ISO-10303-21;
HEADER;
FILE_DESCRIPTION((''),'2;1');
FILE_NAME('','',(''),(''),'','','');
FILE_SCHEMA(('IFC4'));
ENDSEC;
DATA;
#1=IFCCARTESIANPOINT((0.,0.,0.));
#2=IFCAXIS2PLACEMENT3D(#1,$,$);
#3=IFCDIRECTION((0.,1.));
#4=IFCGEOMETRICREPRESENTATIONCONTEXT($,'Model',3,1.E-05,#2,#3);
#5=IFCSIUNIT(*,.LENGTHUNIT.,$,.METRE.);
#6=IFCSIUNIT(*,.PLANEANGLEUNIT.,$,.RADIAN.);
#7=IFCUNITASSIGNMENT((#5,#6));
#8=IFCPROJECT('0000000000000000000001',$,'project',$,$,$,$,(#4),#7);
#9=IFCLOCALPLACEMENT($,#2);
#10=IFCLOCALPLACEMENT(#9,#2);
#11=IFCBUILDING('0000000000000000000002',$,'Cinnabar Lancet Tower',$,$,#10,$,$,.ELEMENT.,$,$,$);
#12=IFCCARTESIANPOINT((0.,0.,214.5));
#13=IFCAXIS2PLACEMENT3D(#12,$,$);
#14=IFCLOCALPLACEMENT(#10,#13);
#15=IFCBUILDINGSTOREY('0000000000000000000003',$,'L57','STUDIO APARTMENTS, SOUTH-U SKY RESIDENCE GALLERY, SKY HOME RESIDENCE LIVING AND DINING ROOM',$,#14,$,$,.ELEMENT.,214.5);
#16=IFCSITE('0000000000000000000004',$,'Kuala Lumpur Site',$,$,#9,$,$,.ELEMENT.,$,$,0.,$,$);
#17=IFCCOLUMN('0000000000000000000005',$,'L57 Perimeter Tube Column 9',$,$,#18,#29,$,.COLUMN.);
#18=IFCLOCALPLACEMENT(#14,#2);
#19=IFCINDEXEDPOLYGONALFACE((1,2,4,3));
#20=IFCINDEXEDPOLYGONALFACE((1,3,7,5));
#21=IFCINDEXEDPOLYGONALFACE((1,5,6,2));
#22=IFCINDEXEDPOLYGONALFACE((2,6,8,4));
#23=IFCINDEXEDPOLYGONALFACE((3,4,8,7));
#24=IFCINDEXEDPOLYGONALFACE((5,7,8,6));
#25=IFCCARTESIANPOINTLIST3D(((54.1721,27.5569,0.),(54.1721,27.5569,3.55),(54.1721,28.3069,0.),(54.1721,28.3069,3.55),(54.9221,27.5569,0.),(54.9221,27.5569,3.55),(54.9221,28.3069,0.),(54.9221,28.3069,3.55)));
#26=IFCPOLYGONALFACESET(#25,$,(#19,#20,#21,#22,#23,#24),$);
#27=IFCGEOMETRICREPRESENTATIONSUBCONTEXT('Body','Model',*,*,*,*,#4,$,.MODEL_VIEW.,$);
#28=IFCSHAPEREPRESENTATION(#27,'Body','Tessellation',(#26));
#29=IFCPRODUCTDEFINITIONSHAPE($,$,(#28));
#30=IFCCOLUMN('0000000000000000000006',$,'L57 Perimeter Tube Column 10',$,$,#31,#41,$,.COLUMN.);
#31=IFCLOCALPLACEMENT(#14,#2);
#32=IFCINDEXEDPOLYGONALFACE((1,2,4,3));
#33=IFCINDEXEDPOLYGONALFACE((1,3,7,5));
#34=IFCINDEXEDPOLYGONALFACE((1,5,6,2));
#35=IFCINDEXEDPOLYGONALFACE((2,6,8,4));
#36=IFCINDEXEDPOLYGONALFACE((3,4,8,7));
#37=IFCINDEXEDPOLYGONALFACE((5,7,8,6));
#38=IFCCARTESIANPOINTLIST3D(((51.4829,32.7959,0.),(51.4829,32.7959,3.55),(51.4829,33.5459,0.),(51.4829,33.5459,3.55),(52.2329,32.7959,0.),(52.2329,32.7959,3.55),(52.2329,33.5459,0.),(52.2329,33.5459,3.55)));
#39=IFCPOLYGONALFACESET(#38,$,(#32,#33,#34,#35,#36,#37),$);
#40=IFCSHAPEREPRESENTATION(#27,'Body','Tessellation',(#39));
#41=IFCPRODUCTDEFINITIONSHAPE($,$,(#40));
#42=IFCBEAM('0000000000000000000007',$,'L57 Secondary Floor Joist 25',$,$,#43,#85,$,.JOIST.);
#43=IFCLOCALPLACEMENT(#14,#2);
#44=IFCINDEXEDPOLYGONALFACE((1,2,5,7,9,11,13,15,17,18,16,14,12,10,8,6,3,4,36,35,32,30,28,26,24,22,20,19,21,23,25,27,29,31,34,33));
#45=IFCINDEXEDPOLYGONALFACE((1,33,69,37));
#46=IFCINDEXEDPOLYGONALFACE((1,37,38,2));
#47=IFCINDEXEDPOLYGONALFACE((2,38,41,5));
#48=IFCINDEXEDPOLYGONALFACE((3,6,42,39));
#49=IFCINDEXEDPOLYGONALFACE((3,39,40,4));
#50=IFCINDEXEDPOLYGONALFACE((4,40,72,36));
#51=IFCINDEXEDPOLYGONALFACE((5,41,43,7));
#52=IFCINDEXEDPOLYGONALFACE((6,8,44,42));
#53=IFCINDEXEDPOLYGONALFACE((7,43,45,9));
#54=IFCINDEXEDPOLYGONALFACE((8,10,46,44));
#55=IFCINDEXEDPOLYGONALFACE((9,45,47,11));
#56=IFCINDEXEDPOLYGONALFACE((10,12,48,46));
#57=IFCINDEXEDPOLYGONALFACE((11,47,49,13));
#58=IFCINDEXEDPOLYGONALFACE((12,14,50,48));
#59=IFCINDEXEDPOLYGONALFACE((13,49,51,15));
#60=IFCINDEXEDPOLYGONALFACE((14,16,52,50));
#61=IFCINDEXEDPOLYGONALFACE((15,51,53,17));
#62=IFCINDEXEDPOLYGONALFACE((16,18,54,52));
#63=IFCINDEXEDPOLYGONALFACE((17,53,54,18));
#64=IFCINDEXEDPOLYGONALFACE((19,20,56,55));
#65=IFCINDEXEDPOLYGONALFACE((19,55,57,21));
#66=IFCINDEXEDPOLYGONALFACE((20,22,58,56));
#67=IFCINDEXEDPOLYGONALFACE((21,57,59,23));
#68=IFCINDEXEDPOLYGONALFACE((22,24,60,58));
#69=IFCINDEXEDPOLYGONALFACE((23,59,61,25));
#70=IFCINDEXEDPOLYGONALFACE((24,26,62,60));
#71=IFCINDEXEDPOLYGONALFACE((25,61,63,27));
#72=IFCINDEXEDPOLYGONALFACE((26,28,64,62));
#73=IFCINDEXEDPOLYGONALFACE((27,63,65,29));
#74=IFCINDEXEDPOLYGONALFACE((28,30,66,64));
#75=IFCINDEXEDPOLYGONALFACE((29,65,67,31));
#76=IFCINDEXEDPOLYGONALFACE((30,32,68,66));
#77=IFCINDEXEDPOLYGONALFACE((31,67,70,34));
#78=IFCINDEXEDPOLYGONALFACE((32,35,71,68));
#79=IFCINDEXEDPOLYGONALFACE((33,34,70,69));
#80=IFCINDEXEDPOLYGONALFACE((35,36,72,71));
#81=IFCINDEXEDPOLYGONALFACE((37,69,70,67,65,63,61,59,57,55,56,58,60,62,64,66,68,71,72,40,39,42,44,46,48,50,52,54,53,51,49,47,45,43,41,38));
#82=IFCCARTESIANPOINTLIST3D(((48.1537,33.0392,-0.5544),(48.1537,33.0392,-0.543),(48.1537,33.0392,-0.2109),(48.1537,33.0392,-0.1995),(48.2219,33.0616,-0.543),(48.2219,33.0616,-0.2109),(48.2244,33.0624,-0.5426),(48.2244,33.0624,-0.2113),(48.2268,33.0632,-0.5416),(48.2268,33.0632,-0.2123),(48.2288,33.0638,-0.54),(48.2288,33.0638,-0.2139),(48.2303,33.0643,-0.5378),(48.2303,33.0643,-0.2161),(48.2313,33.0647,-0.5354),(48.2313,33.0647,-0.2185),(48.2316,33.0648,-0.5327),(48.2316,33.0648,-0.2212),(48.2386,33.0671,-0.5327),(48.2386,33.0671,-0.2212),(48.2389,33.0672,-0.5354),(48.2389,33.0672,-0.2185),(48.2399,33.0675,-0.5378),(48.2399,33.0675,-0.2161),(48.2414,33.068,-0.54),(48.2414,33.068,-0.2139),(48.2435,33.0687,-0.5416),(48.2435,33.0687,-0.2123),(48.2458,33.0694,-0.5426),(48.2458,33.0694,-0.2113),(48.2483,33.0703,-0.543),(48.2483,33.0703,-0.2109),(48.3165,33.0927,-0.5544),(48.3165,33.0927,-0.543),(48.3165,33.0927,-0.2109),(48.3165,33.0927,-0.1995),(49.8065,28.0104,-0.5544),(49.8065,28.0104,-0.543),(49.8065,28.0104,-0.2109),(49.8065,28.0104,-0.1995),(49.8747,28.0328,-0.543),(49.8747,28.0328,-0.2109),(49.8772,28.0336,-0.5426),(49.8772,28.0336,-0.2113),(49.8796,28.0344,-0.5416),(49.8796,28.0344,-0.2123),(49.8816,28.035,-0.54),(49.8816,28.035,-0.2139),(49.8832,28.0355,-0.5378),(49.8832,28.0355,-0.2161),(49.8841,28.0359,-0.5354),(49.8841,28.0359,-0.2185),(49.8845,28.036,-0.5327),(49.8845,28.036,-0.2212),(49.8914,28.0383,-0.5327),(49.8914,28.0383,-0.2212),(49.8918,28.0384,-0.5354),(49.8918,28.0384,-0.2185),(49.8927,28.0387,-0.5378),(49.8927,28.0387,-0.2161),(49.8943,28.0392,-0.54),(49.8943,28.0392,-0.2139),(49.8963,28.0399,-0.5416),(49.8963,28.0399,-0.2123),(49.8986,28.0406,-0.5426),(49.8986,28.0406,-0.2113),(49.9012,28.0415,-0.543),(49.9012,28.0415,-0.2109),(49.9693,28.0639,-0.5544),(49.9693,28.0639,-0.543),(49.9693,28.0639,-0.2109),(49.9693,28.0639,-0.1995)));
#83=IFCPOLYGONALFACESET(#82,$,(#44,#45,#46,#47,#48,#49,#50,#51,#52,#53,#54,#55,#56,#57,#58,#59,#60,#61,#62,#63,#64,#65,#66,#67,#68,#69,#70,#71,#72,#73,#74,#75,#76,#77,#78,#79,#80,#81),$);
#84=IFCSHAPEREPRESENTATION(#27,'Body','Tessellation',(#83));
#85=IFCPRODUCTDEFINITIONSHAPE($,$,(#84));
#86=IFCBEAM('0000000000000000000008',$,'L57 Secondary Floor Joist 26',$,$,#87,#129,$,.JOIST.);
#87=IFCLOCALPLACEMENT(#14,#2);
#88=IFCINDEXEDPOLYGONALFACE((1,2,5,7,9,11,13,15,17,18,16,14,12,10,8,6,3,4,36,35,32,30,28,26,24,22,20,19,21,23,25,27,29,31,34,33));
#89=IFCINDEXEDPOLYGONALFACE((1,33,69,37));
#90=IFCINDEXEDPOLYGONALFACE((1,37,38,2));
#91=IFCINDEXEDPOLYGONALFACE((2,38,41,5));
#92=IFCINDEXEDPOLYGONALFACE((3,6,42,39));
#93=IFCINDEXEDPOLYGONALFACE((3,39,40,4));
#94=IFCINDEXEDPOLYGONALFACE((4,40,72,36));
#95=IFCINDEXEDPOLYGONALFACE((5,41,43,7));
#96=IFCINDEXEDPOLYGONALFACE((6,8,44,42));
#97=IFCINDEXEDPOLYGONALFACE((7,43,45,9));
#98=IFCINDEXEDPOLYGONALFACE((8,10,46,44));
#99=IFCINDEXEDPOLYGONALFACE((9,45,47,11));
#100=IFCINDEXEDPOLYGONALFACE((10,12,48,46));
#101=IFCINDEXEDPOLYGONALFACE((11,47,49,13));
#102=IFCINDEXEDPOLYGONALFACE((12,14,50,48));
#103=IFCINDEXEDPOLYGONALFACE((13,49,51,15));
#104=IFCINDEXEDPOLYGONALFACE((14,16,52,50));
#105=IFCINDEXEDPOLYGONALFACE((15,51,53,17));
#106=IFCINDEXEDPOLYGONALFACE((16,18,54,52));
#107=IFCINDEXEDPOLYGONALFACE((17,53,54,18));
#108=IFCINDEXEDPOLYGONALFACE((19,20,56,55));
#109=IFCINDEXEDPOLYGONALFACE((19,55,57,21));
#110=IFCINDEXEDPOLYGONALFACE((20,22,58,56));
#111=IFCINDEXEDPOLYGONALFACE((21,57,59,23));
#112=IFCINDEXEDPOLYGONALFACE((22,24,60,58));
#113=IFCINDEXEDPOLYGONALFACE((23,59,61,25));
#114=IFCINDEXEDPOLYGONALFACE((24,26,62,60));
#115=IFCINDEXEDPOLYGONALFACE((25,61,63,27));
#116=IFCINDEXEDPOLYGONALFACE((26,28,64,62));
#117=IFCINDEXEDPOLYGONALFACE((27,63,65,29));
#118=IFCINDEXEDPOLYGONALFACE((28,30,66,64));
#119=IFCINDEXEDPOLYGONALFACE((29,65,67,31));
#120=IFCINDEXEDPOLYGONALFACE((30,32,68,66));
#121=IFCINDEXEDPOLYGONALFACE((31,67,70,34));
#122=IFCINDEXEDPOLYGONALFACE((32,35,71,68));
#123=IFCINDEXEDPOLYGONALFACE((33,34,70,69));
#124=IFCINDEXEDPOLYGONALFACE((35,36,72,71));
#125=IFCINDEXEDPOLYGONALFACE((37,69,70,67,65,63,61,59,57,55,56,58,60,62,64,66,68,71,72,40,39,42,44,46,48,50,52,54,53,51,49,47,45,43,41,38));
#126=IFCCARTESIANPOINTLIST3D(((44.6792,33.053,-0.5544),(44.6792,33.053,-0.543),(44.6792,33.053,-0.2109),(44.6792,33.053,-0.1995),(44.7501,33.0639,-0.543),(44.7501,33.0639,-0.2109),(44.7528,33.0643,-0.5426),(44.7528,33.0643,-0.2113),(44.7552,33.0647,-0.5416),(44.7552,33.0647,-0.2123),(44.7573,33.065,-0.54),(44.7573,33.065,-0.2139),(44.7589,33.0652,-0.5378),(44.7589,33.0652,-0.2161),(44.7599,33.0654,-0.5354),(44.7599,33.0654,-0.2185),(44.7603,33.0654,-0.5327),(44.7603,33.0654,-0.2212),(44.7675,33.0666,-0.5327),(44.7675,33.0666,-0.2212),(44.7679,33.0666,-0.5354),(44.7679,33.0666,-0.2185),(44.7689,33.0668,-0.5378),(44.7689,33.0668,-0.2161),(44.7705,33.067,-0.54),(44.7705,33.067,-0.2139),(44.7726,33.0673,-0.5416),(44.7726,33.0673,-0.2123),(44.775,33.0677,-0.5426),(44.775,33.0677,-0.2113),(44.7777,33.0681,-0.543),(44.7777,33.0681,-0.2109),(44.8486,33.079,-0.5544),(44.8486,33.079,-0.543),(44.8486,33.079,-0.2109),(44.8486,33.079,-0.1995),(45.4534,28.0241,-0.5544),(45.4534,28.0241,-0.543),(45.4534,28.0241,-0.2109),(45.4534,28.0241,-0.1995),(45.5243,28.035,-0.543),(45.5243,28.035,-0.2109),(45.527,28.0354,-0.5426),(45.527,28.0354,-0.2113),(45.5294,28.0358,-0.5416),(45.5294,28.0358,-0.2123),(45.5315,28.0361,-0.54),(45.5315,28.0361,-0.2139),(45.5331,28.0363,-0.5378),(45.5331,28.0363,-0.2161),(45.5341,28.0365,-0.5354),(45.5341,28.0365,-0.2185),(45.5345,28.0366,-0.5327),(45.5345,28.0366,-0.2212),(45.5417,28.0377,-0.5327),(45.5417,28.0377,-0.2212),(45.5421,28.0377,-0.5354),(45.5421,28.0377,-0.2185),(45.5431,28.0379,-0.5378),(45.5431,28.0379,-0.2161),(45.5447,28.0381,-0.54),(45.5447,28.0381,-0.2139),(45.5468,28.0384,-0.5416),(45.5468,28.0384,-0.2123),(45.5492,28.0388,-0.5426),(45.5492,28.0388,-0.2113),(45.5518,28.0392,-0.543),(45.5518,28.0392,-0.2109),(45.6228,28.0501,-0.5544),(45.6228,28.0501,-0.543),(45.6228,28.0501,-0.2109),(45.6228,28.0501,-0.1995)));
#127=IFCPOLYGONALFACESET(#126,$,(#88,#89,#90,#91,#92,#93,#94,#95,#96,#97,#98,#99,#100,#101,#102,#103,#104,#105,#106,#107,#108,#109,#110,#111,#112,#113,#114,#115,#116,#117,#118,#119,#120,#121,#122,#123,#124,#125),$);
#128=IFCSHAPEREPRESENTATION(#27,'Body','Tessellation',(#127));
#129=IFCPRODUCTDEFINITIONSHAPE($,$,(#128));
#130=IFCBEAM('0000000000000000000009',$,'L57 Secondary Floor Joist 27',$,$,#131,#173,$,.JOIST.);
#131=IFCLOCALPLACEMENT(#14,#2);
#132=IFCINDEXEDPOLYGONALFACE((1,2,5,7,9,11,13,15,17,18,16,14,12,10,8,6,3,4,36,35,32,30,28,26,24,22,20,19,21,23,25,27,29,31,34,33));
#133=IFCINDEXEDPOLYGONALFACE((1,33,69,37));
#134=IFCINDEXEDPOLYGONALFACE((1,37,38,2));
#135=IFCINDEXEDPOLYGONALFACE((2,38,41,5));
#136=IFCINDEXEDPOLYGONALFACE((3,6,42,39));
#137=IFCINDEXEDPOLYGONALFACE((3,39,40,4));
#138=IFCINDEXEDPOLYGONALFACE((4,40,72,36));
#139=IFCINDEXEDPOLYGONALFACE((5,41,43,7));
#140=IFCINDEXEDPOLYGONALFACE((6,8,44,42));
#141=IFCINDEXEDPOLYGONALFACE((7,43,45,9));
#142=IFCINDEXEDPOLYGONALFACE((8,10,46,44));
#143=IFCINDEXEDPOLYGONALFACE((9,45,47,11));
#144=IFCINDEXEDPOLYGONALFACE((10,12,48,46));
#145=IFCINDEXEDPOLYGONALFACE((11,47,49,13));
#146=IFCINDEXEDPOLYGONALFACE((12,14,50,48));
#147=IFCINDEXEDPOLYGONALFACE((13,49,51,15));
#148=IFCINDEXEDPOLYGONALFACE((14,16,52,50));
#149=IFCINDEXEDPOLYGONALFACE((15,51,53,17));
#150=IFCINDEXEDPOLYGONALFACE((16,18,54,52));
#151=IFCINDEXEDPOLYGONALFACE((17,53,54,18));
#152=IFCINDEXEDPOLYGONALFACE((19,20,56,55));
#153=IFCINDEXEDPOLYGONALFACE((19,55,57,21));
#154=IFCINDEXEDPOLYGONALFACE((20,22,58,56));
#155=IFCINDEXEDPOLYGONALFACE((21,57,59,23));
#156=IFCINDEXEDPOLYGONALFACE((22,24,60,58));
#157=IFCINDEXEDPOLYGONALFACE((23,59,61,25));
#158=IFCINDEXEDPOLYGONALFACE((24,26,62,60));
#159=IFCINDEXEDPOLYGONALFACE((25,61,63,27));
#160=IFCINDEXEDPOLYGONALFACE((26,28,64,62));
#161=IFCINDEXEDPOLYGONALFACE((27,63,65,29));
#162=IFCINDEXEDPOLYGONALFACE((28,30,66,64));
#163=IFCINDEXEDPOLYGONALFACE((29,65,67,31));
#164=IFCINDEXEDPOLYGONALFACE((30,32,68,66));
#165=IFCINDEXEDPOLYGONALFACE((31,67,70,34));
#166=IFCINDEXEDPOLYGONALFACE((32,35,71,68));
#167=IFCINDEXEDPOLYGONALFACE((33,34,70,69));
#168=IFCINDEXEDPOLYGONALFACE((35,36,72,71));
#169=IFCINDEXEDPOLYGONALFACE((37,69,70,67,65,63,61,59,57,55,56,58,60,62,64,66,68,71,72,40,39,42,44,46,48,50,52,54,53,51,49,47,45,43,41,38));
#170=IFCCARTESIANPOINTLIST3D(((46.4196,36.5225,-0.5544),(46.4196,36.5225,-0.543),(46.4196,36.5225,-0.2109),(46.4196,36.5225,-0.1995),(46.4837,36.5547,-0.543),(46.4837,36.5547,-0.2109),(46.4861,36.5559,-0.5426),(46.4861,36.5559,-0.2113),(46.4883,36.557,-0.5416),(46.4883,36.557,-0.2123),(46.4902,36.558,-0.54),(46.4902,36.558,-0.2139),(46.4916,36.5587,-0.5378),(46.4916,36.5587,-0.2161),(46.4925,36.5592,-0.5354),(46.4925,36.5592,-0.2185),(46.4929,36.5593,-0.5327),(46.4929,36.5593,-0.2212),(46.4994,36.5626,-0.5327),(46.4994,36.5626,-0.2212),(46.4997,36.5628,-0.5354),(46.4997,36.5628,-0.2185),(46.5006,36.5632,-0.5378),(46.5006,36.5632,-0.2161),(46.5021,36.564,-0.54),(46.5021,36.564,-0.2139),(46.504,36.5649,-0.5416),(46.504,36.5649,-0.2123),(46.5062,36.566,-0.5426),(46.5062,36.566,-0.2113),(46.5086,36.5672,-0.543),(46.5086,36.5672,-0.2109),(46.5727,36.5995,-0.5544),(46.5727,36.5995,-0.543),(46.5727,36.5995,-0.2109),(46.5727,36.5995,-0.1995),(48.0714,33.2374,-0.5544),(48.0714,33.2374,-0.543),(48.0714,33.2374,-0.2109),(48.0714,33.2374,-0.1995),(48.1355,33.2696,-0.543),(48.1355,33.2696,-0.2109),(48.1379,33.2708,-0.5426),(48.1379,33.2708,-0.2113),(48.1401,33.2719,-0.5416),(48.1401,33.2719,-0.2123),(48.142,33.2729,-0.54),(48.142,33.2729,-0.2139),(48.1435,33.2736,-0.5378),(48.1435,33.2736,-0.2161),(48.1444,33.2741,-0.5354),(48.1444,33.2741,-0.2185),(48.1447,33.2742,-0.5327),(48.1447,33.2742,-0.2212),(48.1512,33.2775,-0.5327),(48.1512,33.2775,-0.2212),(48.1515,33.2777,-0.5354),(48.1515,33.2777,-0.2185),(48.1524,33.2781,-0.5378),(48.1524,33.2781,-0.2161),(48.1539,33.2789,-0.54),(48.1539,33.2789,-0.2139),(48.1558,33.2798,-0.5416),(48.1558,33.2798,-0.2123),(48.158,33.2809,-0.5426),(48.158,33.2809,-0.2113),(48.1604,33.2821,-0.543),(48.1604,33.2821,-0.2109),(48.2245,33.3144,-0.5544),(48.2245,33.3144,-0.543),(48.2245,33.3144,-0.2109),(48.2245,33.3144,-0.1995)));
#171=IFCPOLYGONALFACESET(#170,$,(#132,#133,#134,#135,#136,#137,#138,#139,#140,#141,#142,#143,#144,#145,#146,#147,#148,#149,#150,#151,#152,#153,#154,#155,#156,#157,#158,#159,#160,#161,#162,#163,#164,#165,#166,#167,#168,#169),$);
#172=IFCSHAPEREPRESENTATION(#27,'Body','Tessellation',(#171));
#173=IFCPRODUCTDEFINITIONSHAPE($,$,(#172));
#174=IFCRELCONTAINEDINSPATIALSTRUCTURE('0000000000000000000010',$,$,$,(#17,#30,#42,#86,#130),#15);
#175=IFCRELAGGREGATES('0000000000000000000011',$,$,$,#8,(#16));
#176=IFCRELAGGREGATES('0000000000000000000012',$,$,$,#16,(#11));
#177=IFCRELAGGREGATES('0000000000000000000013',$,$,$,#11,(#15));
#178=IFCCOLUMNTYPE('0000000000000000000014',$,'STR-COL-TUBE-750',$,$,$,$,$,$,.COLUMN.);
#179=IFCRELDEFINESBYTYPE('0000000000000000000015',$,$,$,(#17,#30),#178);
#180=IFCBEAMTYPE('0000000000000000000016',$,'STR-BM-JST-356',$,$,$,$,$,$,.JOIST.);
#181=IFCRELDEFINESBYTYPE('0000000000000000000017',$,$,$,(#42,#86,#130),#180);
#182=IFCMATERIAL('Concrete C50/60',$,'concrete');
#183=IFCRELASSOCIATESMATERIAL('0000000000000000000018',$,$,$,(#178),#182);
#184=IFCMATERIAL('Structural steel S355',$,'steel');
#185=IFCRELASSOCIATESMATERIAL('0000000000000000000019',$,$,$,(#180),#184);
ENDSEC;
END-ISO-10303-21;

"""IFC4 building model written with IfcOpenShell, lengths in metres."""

from ifc_helpers import new_model, si_unit, direction, frame, origin, origin_2d, place, context, subcontext, project, spatial, rectangle, i_section, extrude, material, material_profile, profile_set, type_object, element, save


model = new_model("IFC4")

# Units and contexts
model_context = context("Model", 3, precision=1e-05, world=origin(), true_north=direction((0.0, 1.0)))
body_context = subcontext(model_context, "Body", "Model", "MODEL_VIEW")
ifc_project = project(units=[si_unit("LENGTHUNIT", "METRE"), si_unit("PLANEANGLEUNIT", "RADIAN")], contexts=[model_context])

# Site, building, storey
site_placement = place(None, origin())
site = spatial("IfcSite", under=ifc_project, at=site_placement, Name="Kuala Lumpur Site", CompositionType="ELEMENT", RefElevation=0.0)
building_placement = place(site_placement, origin())
building = spatial("IfcBuilding", under=site, at=building_placement, Name="Cinnabar Lancet Tower", CompositionType="ELEMENT")
storey_placement = place(building_placement, frame((0.0, 0.0, 214.5)))
storey = spatial("IfcBuildingStorey", under=building, at=storey_placement, Name="L57", Description="STUDIO APARTMENTS, SOUTH-U SKY RESIDENCE GALLERY, SKY HOME RESIDENCE LIVING AND DINING ROOM", CompositionType="ELEMENT", Elevation=214.5)

# Columns
ifc_material_1 = material(Name="Concrete C50/60", Category="concrete")
ifc_material_profile_1 = material_profile(ifc_material_1, rectangle(XDim=0.75, YDim=0.75, at=origin_2d()), Name="RC-COL 750x750")
ifc_profile_set_1 = profile_set([ifc_material_profile_1], Name="Concrete C50/60")
column_type = type_object("IfcColumnType", Name="STR-COL-TUBE-750", PredefinedType="COLUMN", material=ifc_profile_set_1)
for number, where, z_axis, x_axis, name in (
    (1, (54.5471, 27.9319, 0.0), (0.0, 0.0, 1.0), (1.0, 0.0, 0.0), "L57 Perimeter Tube Column 9"),
    (2, (51.8579, 33.1709, 0.0), (0.0, 0.0, 1.0), (1.0, 0.0, 0.0), "L57 Perimeter Tube Column 10"),
):
    element("IfcColumn", number, at=place(storey_placement, frame(where, z_axis=z_axis, x_axis=x_axis)), inside=storey, type_object=column_type, Name=name, PredefinedType="COLUMN", context=body_context, shape_type="SweptSolid", body=[
        extrude(rectangle(XDim=0.75, YDim=0.75, at=origin_2d()), origin(), (0.0, 0.0, 1.0), 3.55),
    ])

# Beams
ifc_material_2 = material(Name="Structural steel S355", Category="steel")
ifc_material_profile_2 = material_profile(ifc_material_2, i_section(OverallWidth=0.1714, OverallDepth=0.355, WebThickness=0.0073, FlangeThickness=0.0115, FilletRadius=0.0103, at=origin_2d()), Name="UKB 356x171x51")
ifc_profile_set_2 = profile_set([ifc_material_profile_2], Name="Structural steel S355")
beam_type_1 = type_object("IfcBeamType", Name="STR-BM-JST-356", PredefinedType="JOIST", material=ifc_profile_set_2)
beam_1_placement = place(storey_placement, frame((49.8879, 28.0371, -0.377), z_axis=(-0.31224, 0.950003, 0.0), x_axis=(-0.950003, -0.31224, 0.0)))
element("IfcBeam", 3, at=beam_1_placement, inside=storey, type_object=beam_type_1, Name="L57 Secondary Floor Joist 25", PredefinedType="JOIST", context=body_context, shape_type="SweptSolid", body=[
    extrude(i_section(OverallWidth=0.1714, OverallDepth=0.355, WebThickness=0.0073, FlangeThickness=0.0115, FilletRadius=0.0103, at=origin_2d()), origin(), (0.0, 0.0, 1.0), 5.2935),
])
beam_2_placement = place(storey_placement, frame((45.5381, 28.0371, -0.377), z_axis=(-0.152155, 0.988357, 0.0), x_axis=(-0.988357, -0.152155, 0.0)))
element("IfcBeam", 4, at=beam_2_placement, inside=storey, type_object=beam_type_1, Name="L57 Secondary Floor Joist 26", PredefinedType="JOIST", context=body_context, shape_type="SweptSolid", body=[
    extrude(i_section(OverallWidth=0.1714, OverallDepth=0.355, WebThickness=0.0073, FlangeThickness=0.0115, FilletRadius=0.0103, at=origin_2d()), origin(), (0.0, 0.0, 1.0), 5.0881),
])
beam_3_placement = place(storey_placement, frame((48.1479, 33.2759, -0.377), z_axis=(-0.449231, 0.893416, 0.0), x_axis=(-0.893416, -0.449231, 0.0)))
element("IfcBeam", 5, at=beam_3_placement, inside=storey, type_object=beam_type_1, Name="L57 Secondary Floor Joist 27", PredefinedType="JOIST", context=body_context, shape_type="SweptSolid", body=[
    extrude(i_section(OverallWidth=0.1714, OverallDepth=0.355, WebThickness=0.0073, FlangeThickness=0.0115, FilletRadius=0.0103, at=origin_2d()), origin(), (0.0, 0.0, 1.0), 3.677),
])

save(model, "model.ifc")
